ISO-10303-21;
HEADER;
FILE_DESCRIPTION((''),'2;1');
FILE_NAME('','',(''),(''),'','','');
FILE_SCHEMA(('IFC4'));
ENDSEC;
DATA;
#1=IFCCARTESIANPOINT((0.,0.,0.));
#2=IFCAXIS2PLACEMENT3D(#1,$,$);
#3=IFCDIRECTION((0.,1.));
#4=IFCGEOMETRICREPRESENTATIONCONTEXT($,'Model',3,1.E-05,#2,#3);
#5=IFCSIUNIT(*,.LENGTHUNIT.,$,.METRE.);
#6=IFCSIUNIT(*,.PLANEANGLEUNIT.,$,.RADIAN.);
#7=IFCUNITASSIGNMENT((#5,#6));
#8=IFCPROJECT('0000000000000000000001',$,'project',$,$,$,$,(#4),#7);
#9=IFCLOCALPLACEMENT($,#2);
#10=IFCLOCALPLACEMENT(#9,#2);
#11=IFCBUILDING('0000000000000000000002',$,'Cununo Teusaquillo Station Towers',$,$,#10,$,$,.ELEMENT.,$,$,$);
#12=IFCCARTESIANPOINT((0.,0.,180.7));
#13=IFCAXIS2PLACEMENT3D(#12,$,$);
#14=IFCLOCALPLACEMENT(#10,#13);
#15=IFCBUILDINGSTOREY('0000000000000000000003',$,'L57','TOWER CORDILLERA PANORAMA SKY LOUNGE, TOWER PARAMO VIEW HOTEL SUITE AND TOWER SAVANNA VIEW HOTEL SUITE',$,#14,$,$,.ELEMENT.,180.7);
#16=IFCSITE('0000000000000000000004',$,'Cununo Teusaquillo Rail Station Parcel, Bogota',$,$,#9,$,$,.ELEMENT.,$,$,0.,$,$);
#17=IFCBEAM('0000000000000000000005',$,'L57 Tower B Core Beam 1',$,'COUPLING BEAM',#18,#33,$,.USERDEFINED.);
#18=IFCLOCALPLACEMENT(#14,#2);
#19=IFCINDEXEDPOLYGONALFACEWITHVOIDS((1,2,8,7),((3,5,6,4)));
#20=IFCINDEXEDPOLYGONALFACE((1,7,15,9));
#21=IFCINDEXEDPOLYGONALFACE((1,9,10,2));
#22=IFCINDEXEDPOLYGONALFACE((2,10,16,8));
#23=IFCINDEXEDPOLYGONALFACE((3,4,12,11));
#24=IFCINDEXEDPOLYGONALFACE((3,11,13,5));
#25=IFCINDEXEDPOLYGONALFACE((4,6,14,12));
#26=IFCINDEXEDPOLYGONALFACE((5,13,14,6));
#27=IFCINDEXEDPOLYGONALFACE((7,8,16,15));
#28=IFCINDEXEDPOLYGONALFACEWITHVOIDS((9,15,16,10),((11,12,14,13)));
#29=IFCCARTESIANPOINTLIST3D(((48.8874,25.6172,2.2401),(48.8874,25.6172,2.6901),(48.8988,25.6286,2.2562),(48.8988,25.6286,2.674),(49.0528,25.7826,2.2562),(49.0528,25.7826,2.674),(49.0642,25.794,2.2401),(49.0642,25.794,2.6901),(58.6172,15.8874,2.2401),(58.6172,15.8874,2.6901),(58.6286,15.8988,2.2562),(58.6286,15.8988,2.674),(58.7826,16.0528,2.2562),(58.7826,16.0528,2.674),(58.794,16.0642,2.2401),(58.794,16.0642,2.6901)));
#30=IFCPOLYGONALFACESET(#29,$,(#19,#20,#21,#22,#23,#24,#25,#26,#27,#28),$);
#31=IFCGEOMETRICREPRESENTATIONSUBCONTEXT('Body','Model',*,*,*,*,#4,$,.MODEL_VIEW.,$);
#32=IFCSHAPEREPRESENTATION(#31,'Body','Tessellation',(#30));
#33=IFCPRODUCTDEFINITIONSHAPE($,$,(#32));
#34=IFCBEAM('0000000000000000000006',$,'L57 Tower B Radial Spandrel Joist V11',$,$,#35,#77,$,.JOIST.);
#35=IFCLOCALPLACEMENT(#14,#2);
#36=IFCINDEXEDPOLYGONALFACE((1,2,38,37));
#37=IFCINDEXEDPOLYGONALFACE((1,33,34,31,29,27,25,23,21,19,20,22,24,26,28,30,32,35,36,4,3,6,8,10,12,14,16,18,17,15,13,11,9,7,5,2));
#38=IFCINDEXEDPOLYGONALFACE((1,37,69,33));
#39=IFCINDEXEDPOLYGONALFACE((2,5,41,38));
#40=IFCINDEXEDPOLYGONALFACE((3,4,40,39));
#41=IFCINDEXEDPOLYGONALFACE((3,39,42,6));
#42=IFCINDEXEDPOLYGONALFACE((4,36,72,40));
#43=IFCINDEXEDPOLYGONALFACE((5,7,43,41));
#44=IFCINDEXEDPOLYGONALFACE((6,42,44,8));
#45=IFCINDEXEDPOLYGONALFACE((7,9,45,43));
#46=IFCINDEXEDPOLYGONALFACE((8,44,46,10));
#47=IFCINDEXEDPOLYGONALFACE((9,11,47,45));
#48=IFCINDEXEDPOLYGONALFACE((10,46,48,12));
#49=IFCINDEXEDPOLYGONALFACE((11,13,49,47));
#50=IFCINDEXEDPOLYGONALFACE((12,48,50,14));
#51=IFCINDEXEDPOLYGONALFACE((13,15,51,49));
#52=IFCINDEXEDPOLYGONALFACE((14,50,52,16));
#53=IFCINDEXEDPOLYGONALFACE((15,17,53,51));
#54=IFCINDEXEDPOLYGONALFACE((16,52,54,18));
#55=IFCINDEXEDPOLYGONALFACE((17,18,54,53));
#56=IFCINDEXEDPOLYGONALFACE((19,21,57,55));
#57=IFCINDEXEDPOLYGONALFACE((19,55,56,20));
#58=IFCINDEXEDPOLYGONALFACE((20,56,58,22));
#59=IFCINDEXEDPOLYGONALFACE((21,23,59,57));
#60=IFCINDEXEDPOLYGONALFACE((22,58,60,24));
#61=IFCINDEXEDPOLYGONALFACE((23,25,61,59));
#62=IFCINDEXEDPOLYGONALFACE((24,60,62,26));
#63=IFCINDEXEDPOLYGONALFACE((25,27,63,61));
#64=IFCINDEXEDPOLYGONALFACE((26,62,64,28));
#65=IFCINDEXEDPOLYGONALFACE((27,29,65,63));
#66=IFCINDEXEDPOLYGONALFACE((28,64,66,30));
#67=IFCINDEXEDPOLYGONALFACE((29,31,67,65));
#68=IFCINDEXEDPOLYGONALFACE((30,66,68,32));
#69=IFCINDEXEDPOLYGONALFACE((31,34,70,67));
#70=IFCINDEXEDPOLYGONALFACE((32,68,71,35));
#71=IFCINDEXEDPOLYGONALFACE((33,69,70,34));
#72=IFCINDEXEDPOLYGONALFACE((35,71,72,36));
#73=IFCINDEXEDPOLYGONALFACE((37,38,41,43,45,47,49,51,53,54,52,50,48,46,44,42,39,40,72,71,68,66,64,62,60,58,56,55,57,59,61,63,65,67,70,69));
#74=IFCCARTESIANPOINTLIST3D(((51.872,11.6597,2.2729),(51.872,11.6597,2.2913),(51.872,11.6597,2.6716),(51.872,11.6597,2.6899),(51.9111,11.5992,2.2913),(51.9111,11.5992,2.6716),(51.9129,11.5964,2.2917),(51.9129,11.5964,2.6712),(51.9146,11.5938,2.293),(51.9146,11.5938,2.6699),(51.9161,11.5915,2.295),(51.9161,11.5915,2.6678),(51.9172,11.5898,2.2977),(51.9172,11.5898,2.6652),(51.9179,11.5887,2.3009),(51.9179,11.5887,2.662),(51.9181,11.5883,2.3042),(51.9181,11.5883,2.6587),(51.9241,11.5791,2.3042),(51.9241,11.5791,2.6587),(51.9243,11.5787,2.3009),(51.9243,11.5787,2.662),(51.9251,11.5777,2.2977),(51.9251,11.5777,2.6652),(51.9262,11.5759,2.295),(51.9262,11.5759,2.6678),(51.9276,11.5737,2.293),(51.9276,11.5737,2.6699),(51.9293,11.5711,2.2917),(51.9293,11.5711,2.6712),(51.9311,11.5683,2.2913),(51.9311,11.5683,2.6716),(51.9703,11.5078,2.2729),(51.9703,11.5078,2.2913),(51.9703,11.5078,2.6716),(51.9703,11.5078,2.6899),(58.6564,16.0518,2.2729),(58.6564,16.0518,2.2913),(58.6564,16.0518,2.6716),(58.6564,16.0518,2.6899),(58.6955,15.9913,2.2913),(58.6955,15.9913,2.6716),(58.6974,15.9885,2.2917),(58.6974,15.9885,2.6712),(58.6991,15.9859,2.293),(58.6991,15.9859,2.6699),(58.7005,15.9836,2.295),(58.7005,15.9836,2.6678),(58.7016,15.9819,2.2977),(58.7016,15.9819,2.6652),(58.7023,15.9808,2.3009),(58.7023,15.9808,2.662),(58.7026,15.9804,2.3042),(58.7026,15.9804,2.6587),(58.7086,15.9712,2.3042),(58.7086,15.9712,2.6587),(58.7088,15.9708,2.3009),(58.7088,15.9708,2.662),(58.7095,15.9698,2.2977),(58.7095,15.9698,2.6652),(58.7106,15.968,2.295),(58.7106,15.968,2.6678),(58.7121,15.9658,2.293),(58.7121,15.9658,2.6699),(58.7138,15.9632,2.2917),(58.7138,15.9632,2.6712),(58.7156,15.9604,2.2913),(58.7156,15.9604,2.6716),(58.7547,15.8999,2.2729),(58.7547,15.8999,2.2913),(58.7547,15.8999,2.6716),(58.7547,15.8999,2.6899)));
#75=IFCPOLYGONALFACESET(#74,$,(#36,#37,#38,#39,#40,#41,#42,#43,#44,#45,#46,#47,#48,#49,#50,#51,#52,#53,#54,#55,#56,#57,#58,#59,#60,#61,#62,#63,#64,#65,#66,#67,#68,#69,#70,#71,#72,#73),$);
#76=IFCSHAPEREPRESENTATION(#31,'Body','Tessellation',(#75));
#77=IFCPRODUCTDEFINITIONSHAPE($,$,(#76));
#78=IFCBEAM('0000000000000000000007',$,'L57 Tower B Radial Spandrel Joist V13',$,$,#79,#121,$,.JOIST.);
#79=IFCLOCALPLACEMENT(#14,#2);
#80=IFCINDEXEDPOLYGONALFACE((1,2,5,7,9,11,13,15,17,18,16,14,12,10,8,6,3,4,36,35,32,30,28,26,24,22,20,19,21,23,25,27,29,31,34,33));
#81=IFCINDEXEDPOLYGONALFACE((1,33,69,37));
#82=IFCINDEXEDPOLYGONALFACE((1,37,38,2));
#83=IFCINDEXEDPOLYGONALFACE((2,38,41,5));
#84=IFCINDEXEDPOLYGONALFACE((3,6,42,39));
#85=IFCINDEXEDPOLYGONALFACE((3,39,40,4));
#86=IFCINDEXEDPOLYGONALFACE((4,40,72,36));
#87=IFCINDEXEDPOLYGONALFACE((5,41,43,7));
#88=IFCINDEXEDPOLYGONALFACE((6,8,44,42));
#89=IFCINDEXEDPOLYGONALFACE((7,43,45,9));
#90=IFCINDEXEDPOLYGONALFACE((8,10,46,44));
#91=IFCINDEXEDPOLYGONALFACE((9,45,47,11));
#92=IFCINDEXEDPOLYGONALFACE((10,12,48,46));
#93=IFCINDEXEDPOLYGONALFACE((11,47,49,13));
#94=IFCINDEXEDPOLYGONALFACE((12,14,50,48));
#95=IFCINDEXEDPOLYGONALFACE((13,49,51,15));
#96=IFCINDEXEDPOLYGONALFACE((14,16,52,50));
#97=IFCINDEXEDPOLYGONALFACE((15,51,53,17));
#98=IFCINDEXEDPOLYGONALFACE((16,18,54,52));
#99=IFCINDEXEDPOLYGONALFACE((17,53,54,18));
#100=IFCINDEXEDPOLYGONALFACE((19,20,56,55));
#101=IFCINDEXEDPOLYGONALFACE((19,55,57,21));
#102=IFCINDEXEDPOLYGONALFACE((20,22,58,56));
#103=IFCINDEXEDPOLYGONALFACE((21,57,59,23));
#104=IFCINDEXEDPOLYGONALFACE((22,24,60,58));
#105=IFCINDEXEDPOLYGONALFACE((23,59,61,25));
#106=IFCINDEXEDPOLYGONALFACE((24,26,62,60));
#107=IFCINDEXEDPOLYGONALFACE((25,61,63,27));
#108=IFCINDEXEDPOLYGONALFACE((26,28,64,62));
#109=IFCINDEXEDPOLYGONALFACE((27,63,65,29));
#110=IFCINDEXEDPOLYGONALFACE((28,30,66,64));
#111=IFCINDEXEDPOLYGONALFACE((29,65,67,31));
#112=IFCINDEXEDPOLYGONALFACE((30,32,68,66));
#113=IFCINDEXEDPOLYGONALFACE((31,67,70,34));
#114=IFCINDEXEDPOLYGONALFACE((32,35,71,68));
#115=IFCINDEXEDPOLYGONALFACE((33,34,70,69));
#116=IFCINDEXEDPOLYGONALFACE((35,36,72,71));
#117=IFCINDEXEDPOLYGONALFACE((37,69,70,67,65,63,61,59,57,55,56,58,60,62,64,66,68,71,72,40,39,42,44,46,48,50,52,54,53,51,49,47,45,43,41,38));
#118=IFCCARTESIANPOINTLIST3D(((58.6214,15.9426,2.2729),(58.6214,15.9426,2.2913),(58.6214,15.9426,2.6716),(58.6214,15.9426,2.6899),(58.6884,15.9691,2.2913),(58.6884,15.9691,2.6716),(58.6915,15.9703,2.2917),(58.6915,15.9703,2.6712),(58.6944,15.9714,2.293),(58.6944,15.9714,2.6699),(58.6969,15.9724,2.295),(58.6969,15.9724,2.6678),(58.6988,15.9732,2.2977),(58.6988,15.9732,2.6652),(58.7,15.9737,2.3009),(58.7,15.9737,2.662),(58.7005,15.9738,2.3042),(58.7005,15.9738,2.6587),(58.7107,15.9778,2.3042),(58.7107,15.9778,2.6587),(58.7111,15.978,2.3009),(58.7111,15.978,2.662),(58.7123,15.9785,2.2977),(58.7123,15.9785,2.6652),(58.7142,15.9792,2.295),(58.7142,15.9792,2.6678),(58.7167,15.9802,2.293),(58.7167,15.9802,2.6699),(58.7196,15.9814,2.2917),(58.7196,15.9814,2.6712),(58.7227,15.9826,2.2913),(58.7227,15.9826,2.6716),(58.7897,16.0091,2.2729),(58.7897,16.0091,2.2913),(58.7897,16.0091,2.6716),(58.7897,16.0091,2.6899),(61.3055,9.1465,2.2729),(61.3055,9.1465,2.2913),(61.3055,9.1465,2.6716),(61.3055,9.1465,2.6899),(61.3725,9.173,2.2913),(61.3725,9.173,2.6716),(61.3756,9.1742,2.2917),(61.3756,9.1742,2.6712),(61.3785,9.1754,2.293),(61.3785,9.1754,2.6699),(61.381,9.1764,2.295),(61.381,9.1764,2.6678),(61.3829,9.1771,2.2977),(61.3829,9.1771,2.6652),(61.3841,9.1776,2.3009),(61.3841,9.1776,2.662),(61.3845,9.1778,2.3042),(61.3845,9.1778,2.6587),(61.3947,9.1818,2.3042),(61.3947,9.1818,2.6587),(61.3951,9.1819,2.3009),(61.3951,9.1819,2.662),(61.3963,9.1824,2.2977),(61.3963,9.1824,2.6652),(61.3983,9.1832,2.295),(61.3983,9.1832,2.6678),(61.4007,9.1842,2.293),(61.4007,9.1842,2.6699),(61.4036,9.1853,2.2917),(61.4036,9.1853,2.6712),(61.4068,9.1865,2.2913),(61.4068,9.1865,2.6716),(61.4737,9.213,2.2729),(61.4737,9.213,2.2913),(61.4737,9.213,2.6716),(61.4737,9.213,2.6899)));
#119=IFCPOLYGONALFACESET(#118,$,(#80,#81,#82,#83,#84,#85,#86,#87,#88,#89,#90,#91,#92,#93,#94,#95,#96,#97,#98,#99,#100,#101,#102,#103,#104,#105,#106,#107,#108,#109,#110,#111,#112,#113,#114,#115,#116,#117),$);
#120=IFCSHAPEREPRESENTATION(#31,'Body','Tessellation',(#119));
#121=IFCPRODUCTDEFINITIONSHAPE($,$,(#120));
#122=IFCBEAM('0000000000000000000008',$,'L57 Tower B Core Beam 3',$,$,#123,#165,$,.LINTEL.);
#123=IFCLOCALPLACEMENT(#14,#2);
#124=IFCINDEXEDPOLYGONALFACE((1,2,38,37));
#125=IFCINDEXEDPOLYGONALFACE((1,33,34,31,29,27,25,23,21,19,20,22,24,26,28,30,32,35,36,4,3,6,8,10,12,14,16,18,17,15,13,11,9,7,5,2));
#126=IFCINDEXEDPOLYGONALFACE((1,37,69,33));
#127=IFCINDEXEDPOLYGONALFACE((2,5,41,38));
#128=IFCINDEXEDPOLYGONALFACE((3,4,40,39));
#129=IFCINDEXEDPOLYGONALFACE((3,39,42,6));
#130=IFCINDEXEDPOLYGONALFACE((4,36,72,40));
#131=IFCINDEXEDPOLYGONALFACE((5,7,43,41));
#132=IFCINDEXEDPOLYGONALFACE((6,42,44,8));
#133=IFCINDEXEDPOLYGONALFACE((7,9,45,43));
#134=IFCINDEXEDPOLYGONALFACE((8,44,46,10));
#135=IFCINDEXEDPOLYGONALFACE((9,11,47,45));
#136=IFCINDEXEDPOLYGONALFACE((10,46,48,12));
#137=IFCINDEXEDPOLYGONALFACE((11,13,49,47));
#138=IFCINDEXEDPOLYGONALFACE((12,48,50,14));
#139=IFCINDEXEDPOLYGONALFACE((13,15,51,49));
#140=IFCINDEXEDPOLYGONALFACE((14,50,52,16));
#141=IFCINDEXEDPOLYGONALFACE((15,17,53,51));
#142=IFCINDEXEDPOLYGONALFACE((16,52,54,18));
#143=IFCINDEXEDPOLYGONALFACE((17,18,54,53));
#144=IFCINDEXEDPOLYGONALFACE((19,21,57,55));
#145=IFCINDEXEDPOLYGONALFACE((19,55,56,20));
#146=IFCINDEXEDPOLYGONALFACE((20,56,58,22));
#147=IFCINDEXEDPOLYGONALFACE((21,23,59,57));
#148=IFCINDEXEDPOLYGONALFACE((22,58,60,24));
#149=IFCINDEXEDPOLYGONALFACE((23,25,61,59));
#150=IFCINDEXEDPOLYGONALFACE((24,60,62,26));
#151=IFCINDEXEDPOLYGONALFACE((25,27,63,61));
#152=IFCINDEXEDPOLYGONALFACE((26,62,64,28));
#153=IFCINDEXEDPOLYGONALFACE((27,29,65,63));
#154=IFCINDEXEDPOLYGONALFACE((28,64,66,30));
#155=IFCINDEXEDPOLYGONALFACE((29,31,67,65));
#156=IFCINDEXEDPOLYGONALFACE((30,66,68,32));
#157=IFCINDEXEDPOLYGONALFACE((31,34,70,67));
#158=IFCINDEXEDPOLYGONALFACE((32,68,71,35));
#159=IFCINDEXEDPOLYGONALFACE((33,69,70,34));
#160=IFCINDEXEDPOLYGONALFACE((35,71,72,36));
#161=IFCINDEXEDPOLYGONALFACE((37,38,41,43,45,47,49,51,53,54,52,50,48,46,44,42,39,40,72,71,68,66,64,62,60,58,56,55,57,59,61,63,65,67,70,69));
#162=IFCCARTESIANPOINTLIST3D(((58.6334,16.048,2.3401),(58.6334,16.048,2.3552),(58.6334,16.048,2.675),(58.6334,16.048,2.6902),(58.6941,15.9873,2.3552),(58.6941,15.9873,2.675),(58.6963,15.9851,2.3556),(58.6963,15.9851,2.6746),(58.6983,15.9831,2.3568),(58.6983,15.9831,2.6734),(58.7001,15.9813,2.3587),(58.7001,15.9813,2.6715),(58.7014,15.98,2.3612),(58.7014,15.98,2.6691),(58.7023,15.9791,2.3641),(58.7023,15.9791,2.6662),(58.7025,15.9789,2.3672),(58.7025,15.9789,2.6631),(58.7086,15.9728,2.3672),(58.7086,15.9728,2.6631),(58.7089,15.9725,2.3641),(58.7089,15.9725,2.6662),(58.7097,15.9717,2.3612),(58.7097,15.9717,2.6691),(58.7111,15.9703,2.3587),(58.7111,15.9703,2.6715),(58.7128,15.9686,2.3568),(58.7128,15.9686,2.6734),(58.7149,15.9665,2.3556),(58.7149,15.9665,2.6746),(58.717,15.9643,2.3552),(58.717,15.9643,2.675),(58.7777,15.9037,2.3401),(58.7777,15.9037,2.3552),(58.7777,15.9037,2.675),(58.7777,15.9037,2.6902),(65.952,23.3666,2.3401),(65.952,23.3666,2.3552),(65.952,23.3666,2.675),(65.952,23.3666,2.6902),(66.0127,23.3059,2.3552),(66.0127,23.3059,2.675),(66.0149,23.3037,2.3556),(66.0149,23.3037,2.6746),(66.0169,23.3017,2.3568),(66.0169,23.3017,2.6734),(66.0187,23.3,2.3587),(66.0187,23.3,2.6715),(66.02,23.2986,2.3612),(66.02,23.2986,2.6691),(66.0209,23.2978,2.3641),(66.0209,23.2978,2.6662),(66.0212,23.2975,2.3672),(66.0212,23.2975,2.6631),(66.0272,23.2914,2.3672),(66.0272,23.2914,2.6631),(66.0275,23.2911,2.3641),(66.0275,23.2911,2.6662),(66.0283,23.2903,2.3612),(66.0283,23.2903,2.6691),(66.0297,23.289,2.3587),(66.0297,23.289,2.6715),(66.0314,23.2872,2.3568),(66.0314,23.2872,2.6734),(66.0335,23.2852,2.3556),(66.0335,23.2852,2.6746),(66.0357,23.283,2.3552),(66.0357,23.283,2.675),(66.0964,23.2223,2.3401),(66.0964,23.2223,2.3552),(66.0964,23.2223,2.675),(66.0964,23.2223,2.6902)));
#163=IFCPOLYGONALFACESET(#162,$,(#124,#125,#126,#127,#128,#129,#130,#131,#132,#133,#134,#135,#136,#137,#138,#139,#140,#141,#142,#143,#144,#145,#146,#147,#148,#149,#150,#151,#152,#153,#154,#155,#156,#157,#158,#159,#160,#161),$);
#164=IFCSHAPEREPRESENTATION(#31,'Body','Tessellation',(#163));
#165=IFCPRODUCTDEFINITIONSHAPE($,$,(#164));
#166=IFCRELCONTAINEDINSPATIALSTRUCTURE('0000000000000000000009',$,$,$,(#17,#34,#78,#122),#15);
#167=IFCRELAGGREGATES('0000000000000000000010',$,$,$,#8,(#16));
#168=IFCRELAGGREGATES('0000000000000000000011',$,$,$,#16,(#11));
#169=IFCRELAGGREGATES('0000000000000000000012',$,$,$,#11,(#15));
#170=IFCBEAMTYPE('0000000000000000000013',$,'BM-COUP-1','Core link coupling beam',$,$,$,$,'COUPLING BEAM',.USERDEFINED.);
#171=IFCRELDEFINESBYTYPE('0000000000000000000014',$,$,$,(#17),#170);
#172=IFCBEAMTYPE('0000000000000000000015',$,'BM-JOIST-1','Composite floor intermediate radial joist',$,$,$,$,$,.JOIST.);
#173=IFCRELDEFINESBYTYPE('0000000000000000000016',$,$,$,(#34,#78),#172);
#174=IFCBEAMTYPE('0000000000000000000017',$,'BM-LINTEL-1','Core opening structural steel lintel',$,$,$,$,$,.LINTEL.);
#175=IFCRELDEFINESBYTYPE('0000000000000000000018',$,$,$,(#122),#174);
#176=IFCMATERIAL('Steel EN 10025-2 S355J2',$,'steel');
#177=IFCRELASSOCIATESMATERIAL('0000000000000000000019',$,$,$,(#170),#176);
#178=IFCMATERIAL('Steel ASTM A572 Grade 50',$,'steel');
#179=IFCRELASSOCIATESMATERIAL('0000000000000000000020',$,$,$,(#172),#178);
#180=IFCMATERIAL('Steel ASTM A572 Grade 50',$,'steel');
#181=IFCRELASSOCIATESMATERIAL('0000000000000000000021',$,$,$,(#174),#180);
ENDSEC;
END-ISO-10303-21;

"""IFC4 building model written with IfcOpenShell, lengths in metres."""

from ifc_helpers import new_model, si_unit, direction, frame, origin, origin_2d, place, context, subcontext, project, spatial, hollow_rectangle, i_section, extrude, material, material_profile, profile_set, type_object, element, save


model = new_model("IFC4")

# Units and contexts
model_context = context("Model", 3, precision=1e-05, world=origin(), true_north=direction((0.0, 1.0)))
body_context = subcontext(model_context, "Body", "Model", "MODEL_VIEW")
ifc_project = project(units=[si_unit("LENGTHUNIT", "METRE"), si_unit("PLANEANGLEUNIT", "RADIAN")], contexts=[model_context])

# Site, building, storey
site_placement = place(None, origin())
site = spatial("IfcSite", under=ifc_project, at=site_placement, Name="Cununo Teusaquillo Rail Station Parcel, Bogota", CompositionType="ELEMENT", RefElevation=0.0)
building_placement = place(site_placement, origin())
building = spatial("IfcBuilding", under=site, at=building_placement, Name="Cununo Teusaquillo Station Towers", CompositionType="ELEMENT")
storey_placement = place(building_placement, frame((0.0, 0.0, 180.7)))
storey = spatial("IfcBuildingStorey", under=building, at=storey_placement, Name="L57", Description="TOWER CORDILLERA PANORAMA SKY LOUNGE, TOWER PARAMO VIEW HOTEL SUITE AND TOWER SAVANNA VIEW HOTEL SUITE", CompositionType="ELEMENT", Elevation=180.7)

# Beams
ifc_material_1 = material(Name="Steel EN 10025-2 S355J2", Category="steel")
ifc_material_profile_1 = material_profile(ifc_material_1, hollow_rectangle(XDim=0.25, YDim=0.45, WallThickness=0.0161, at=origin_2d()), Name="RHS 450x250x16")
ifc_profile_set_1 = profile_set([ifc_material_profile_1], Name="Steel EN 10025-2 S355J2")
beam_type_1 = type_object("IfcBeamType", Name="BM-COUP-1", Description="Core link coupling beam", ElementType="COUPLING BEAM", PredefinedType="USERDEFINED", material=ifc_profile_set_1)
beam_1_placement = place(storey_placement, frame((58.7056, 15.9758, 2.4651), z_axis=(-0.707107, 0.707107, 0.0), x_axis=(-0.707107, -0.707107, 0.0)))
element("IfcBeam", 1, at=beam_1_placement, inside=storey, type_object=beam_type_1, Name="L57 Tower B Core Beam 1", ObjectType="COUPLING BEAM", PredefinedType="USERDEFINED", context=body_context, shape_type="SweptSolid", body=[
    extrude(hollow_rectangle(XDim=0.25, YDim=0.45, WallThickness=0.0161, at=origin_2d()), origin(), (0.0, 0.0, 1.0), 13.76),
])
ifc_material_2 = material(Name="Steel ASTM A572 Grade 50", Category="steel")
ifc_material_profile_2 = material_profile(ifc_material_2, i_section(OverallWidth=0.1809, OverallDepth=0.417, WebThickness=0.011, FlangeThickness=0.0183, FilletRadius=0.0129, at=origin_2d()), Name="W16X57")
ifc_profile_set_2 = profile_set([ifc_material_profile_2], Name="Steel ASTM A572 Grade 50")
beam_type_2 = type_object("IfcBeamType", Name="BM-JOIST-1", Description="Composite floor intermediate radial joist", PredefinedType="JOIST", material=ifc_profile_set_2)
beam_2_placement = place(storey_placement, frame((58.7056, 15.9758, 2.4814), z_axis=(-0.839448, -0.54344, 0.0), x_axis=(0.54344, -0.839448, 0.0)))
element("IfcBeam", 2, at=beam_2_placement, inside=storey, type_object=beam_type_2, Name="L57 Tower B Radial Spandrel Joist V11", PredefinedType="JOIST", context=body_context, shape_type="SweptSolid", body=[
    extrude(i_section(OverallWidth=0.1809, OverallDepth=0.417, WebThickness=0.011, FlangeThickness=0.0183, FilletRadius=0.0129, at=origin_2d()), origin(), (0.0, 0.0, 1.0), 8.082),
])
beam_3_placement = place(storey_placement, frame((58.7056, 15.9758, 2.4814), z_axis=(0.367332, -0.93009, 0.0), x_axis=(0.93009, 0.367332, 0.0)))
element("IfcBeam", 3, at=beam_3_placement, inside=storey, type_object=beam_type_2, Name="L57 Tower B Radial Spandrel Joist V13", PredefinedType="JOIST", context=body_context, shape_type="SweptSolid", body=[
    extrude(i_section(OverallWidth=0.1809, OverallDepth=0.417, WebThickness=0.011, FlangeThickness=0.0183, FilletRadius=0.0129, at=origin_2d()), origin(), (0.0, 0.0, 1.0), 7.3069),
])
ifc_material_3 = material(Name="Steel ASTM A572 Grade 50", Category="steel")
ifc_material_profile_3 = material_profile(ifc_material_3, i_section(OverallWidth=0.2041, OverallDepth=0.3501, WebThickness=0.0085, FlangeThickness=0.0151, FilletRadius=0.012, at=origin_2d()), Name="W14X48")
ifc_profile_set_3 = profile_set([ifc_material_profile_3], Name="Steel ASTM A572 Grade 50")
beam_type_3 = type_object("IfcBeamType", Name="BM-LINTEL-1", Description="Core opening structural steel lintel", PredefinedType="LINTEL", material=ifc_profile_set_3)
beam_4_placement = place(storey_placement, frame((58.7056, 15.9758, 2.5151), z_axis=(0.707107, 0.707107, 0.0), x_axis=(-0.707107, 0.707107, 0.0)))
element("IfcBeam", 4, at=beam_4_placement, inside=storey, type_object=beam_type_3, Name="L57 Tower B Core Beam 3", PredefinedType="LINTEL", context=body_context, shape_type="SweptSolid", body=[
    extrude(i_section(OverallWidth=0.2041, OverallDepth=0.3501, WebThickness=0.0085, FlangeThickness=0.0151, FilletRadius=0.012, at=origin_2d()), origin(), (0.0, 0.0, 1.0), 10.3501),
])

save(model, "model.ifc")
